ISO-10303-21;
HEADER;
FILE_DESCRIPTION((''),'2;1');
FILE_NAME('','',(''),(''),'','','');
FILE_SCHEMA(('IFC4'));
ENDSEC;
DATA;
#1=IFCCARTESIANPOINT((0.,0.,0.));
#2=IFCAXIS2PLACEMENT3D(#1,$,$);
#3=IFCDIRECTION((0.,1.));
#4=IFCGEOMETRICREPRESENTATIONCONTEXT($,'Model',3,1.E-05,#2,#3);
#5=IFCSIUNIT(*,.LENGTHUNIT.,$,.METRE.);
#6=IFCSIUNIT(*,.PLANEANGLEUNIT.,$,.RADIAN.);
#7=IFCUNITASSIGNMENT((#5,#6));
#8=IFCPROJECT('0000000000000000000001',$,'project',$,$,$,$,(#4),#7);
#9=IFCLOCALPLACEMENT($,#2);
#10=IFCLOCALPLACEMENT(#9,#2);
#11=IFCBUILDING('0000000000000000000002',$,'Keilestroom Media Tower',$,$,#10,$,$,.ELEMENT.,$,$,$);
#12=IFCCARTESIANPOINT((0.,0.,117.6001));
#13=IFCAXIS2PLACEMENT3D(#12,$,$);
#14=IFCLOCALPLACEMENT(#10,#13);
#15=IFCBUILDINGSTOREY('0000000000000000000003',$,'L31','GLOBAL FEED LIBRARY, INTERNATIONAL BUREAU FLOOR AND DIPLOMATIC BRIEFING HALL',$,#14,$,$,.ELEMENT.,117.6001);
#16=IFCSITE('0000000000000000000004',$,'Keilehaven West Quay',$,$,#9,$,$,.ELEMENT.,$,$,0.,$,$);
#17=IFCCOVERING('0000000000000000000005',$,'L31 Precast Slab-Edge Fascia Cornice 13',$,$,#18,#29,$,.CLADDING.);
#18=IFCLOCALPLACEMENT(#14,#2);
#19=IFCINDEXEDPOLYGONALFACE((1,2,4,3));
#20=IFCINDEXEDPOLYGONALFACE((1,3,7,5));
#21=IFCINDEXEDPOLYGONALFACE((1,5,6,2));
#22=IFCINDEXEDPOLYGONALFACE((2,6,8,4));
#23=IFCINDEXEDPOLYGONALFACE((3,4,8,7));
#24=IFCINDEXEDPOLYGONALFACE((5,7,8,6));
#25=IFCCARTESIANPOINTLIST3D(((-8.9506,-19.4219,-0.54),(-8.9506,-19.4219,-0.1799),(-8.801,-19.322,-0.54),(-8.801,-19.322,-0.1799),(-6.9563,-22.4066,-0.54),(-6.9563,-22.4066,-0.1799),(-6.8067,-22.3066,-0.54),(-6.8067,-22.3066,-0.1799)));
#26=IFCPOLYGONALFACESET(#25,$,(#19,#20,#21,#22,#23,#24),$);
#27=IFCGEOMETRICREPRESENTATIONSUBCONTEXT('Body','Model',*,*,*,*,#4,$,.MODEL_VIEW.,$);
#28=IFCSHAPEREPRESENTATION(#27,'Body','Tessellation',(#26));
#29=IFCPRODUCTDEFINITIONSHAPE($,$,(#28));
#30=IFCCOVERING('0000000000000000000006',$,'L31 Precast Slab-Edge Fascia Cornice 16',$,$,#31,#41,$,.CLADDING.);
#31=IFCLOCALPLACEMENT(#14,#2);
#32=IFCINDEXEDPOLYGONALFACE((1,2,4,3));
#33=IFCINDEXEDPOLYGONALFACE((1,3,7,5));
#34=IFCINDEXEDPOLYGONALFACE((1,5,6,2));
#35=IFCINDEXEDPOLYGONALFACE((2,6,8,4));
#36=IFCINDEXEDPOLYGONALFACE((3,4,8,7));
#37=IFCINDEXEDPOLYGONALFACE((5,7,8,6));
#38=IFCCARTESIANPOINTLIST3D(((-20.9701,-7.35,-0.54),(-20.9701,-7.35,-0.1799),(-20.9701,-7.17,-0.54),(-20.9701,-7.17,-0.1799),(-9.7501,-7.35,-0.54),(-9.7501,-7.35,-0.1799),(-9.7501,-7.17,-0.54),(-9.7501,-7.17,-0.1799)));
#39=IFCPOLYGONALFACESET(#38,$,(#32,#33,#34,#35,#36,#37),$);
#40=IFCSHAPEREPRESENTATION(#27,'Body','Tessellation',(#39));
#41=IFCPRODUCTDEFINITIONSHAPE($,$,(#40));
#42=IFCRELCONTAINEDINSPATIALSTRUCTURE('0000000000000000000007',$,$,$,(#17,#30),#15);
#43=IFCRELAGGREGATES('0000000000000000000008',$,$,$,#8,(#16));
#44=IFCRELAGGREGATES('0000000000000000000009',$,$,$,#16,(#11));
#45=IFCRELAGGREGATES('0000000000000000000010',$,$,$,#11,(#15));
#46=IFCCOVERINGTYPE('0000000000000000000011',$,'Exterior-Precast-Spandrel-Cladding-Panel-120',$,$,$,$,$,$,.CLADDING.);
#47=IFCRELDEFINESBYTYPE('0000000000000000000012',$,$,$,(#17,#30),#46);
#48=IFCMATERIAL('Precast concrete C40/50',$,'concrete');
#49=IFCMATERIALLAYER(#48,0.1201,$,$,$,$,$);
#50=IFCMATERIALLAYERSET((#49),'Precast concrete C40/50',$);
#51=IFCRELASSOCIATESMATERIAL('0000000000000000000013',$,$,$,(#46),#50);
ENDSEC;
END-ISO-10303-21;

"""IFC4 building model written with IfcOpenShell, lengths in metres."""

from ifc_helpers import new_model, si_unit, direction, frame, origin, origin_2d, place, context, subcontext, project, spatial, rectangle, extrude, source, transform, mapped, material, layer, layer_set, type_object, element, save


model = new_model("IFC4")

# Units and contexts
model_context = context("Model", 3, precision=1e-05, world=origin(), true_north=direction((0.0, 1.0)))
body_context = subcontext(model_context, "Body", "Model", "MODEL_VIEW")
ifc_project = project(units=[si_unit("LENGTHUNIT", "METRE"), si_unit("PLANEANGLEUNIT", "RADIAN")], contexts=[model_context])

# Site, building, storey
site_placement = place(None, origin())
site = spatial("IfcSite", under=ifc_project, at=site_placement, Name="Keilehaven West Quay", CompositionType="ELEMENT", RefElevation=0.0)
building_placement = place(site_placement, origin())
building = spatial("IfcBuilding", under=site, at=building_placement, Name="Keilestroom Media Tower", CompositionType="ELEMENT")
storey_placement = place(building_placement, frame((0.0, 0.0, 117.6001)))
storey = spatial("IfcBuildingStorey", under=building, at=storey_placement, Name="L31", Description="GLOBAL FEED LIBRARY, INTERNATIONAL BUREAU FLOOR AND DIPLOMATIC BRIEFING HALL", CompositionType="ELEMENT", Elevation=117.6001)

# Shared definitions
ifc_material_1 = material(Name="Precast concrete C40/50", Category="concrete")

# Coverings
ifc_layer_1 = layer(ifc_material_1, 0.1201)
ifc_layer_set_1 = layer_set([ifc_layer_1], Name="Precast concrete C40/50")
covering_type = type_object("IfcCoveringType", Name="Exterior-Precast-Spandrel-Cladding-Panel-120", PredefinedType="CLADDING", material=ifc_layer_set_1)
shared_shape_1 = source(origin(), body_context, "Body", "SweptSolid", [
    extrude(rectangle(XDim=3.5896, YDim=0.1799, at=origin_2d()), origin(), (0.0, 0.0, 1.0), 0.3601),
])
covering_1_placement = place(storey_placement, frame((-7.8787, -20.8643, -0.54), z_axis=(0.0, 0.0, 1.0), x_axis=(-0.555575, 0.831467, 0.0)))
element("IfcCovering", 1, at=covering_1_placement, inside=storey, type_object=covering_type, Name="L31 Precast Slab-Edge Fascia Cornice 13", PredefinedType="CLADDING", context=body_context, shape_type="MappedRepresentation", body=[
    mapped(shared_shape_1, transform((0.0, 0.0, 0.0), x_axis=(1.0, 0.0, 0.0), y_axis=(0.0, 1.0, 0.0), z_axis=(0.0, 0.0, 1.0), scale=1.0)),
])
shared_shape_2 = source(origin(), body_context, "Body", "SweptSolid", [
    extrude(rectangle(XDim=11.22, YDim=0.1799, at=origin_2d()), origin(), (0.0, 0.0, 1.0), 0.3601),
])
covering_2_placement = place(storey_placement, frame((-15.3601, -7.26, -0.54), z_axis=(0.0, 0.0, 1.0), x_axis=(-1.0, 0.0, 0.0)))
element("IfcCovering", 2, at=covering_2_placement, inside=storey, type_object=covering_type, Name="L31 Precast Slab-Edge Fascia Cornice 16", PredefinedType="CLADDING", context=body_context, shape_type="MappedRepresentation", body=[
    mapped(shared_shape_2, transform((0.0, 0.0, 0.0), x_axis=(1.0, 0.0, 0.0), y_axis=(0.0, 1.0, 0.0), z_axis=(0.0, 0.0, 1.0), scale=1.0)),
])

save(model, "model.ifc")
